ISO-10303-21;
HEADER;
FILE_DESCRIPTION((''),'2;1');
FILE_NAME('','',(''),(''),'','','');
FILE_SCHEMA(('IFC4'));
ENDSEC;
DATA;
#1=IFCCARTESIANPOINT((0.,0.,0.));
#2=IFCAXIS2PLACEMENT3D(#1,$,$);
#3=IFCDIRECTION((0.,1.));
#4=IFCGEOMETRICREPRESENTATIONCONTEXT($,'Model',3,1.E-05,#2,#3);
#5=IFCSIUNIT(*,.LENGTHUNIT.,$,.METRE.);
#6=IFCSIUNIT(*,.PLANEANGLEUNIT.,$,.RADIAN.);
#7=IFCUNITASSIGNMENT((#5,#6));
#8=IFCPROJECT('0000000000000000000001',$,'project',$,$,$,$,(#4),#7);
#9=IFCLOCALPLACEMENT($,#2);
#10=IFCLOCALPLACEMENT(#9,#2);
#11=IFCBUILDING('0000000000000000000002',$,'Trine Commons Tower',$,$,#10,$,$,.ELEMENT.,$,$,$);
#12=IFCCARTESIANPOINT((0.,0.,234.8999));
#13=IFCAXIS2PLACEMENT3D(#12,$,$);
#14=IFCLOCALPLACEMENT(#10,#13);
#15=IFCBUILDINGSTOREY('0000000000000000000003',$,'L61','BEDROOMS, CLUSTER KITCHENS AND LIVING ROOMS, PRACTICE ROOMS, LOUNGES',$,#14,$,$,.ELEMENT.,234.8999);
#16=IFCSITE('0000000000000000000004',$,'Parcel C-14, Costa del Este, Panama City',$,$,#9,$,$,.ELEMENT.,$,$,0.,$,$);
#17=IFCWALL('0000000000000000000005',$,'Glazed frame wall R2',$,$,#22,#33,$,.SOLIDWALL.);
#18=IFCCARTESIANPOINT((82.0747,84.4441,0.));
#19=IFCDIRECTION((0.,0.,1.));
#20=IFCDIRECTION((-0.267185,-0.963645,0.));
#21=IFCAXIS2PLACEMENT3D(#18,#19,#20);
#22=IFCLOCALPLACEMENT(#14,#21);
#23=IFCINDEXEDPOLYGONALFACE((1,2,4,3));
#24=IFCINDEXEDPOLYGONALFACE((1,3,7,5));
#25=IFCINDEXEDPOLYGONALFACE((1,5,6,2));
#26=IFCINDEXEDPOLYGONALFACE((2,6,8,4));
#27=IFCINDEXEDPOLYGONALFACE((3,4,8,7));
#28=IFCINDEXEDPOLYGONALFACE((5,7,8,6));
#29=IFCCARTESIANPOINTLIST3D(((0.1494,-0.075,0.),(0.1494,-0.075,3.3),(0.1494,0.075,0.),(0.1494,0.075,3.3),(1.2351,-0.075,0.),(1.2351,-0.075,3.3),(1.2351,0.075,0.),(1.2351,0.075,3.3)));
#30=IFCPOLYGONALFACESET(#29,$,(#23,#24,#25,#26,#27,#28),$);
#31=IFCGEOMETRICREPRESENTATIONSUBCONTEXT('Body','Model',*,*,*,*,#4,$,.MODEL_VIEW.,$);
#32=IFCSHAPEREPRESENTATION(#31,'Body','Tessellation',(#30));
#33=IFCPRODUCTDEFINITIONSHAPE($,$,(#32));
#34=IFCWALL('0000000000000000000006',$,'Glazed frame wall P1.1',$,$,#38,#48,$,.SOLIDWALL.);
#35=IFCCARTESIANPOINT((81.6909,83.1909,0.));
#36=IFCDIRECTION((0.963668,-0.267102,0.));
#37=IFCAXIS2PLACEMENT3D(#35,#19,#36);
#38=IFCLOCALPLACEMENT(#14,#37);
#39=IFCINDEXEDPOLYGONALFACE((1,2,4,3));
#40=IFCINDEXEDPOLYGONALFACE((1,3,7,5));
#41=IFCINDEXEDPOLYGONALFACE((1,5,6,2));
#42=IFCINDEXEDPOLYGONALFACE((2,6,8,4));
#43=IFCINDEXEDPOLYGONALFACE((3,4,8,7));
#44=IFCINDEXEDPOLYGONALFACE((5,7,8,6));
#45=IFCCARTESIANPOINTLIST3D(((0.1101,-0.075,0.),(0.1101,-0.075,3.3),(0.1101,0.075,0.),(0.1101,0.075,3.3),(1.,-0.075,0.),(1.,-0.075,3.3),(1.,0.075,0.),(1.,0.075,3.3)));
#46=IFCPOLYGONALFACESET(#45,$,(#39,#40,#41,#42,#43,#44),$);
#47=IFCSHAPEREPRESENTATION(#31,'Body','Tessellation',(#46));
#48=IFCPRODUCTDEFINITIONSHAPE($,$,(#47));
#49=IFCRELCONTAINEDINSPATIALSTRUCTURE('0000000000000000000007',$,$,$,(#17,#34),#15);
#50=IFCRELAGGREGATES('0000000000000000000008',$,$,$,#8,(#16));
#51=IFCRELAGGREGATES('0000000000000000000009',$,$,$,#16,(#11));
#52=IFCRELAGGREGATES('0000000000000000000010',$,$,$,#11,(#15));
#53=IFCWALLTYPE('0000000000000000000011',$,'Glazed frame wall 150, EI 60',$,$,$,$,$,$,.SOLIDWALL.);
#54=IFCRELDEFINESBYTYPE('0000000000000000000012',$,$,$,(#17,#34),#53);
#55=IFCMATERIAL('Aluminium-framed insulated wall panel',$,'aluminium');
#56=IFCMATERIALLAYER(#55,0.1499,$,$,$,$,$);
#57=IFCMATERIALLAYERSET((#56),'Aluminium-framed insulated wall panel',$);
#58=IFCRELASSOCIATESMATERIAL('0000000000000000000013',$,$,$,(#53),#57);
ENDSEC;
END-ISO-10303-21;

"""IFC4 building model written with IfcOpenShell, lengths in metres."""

from ifc_helpers import new_model, si_unit, direction, frame, origin, place, context, subcontext, project, spatial, polyline, outline, extrude, material, layer, layer_set, type_object, element, save


model = new_model("IFC4")

# Units and contexts
model_context = context("Model", 3, precision=1e-05, world=origin(), true_north=direction((0.0, 1.0)))
body_context = subcontext(model_context, "Body", "Model", "MODEL_VIEW")
ifc_project = project(units=[si_unit("LENGTHUNIT", "METRE"), si_unit("PLANEANGLEUNIT", "RADIAN")], contexts=[model_context])

# Site, building, storey
site_placement = place(None, origin())
site = spatial("IfcSite", under=ifc_project, at=site_placement, Name="Parcel C-14, Costa del Este, Panama City", CompositionType="ELEMENT", RefElevation=0.0)
building_placement = place(site_placement, origin())
building = spatial("IfcBuilding", under=site, at=building_placement, Name="Trine Commons Tower", CompositionType="ELEMENT")
storey_placement = place(building_placement, frame((0.0, 0.0, 234.8999)))
storey = spatial("IfcBuildingStorey", under=building, at=storey_placement, Name="L61", Description="BEDROOMS, CLUSTER KITCHENS AND LIVING ROOMS, PRACTICE ROOMS, LOUNGES", CompositionType="ELEMENT", Elevation=234.8999)

# Walls
ifc_material_1 = material(Name="Aluminium-framed insulated wall panel", Category="aluminium")
ifc_layer_1 = layer(ifc_material_1, 0.1499)
ifc_layer_set_1 = layer_set([ifc_layer_1], Name="Aluminium-framed insulated wall panel")
wall_type_1 = type_object("IfcWallType", Name="Glazed frame wall 150, EI 60", PredefinedType="SOLIDWALL", material=ifc_layer_set_1)
wall_1_placement = place(storey_placement, frame((82.0747, 84.4441, 0.0), z_axis=(0.0, 0.0, 1.0), x_axis=(-0.267185, -0.963645, 0.0)))
element("IfcWall", 1, at=wall_1_placement, inside=storey, type_object=wall_type_1, Name="Glazed frame wall R2", PredefinedType="SOLIDWALL", context=body_context, shape_type="SweptSolid", body=[
    extrude(outline(polyline([(0.1494, 0.075), (0.1494, -0.075), (1.2351, -0.075), (1.2351, 0.075), (0.1494, 0.075)])), origin(), (0.0, 0.0, 1.0), 3.3),
])
wall_2_placement = place(storey_placement, frame((81.6909, 83.1909, 0.0), z_axis=(0.0, 0.0, 1.0), x_axis=(0.963668, -0.267102, 0.0)))
element("IfcWall", 2, at=wall_2_placement, inside=storey, type_object=wall_type_1, Name="Glazed frame wall P1.1", PredefinedType="SOLIDWALL", context=body_context, shape_type="SweptSolid", body=[
    extrude(outline(polyline([(0.1101, -0.075), (1.0, -0.075), (1.0, 0.075), (0.1101, 0.075), (0.1101, -0.075)])), origin(), (0.0, 0.0, 1.0), 3.3),
])

save(model, "model.ifc")
